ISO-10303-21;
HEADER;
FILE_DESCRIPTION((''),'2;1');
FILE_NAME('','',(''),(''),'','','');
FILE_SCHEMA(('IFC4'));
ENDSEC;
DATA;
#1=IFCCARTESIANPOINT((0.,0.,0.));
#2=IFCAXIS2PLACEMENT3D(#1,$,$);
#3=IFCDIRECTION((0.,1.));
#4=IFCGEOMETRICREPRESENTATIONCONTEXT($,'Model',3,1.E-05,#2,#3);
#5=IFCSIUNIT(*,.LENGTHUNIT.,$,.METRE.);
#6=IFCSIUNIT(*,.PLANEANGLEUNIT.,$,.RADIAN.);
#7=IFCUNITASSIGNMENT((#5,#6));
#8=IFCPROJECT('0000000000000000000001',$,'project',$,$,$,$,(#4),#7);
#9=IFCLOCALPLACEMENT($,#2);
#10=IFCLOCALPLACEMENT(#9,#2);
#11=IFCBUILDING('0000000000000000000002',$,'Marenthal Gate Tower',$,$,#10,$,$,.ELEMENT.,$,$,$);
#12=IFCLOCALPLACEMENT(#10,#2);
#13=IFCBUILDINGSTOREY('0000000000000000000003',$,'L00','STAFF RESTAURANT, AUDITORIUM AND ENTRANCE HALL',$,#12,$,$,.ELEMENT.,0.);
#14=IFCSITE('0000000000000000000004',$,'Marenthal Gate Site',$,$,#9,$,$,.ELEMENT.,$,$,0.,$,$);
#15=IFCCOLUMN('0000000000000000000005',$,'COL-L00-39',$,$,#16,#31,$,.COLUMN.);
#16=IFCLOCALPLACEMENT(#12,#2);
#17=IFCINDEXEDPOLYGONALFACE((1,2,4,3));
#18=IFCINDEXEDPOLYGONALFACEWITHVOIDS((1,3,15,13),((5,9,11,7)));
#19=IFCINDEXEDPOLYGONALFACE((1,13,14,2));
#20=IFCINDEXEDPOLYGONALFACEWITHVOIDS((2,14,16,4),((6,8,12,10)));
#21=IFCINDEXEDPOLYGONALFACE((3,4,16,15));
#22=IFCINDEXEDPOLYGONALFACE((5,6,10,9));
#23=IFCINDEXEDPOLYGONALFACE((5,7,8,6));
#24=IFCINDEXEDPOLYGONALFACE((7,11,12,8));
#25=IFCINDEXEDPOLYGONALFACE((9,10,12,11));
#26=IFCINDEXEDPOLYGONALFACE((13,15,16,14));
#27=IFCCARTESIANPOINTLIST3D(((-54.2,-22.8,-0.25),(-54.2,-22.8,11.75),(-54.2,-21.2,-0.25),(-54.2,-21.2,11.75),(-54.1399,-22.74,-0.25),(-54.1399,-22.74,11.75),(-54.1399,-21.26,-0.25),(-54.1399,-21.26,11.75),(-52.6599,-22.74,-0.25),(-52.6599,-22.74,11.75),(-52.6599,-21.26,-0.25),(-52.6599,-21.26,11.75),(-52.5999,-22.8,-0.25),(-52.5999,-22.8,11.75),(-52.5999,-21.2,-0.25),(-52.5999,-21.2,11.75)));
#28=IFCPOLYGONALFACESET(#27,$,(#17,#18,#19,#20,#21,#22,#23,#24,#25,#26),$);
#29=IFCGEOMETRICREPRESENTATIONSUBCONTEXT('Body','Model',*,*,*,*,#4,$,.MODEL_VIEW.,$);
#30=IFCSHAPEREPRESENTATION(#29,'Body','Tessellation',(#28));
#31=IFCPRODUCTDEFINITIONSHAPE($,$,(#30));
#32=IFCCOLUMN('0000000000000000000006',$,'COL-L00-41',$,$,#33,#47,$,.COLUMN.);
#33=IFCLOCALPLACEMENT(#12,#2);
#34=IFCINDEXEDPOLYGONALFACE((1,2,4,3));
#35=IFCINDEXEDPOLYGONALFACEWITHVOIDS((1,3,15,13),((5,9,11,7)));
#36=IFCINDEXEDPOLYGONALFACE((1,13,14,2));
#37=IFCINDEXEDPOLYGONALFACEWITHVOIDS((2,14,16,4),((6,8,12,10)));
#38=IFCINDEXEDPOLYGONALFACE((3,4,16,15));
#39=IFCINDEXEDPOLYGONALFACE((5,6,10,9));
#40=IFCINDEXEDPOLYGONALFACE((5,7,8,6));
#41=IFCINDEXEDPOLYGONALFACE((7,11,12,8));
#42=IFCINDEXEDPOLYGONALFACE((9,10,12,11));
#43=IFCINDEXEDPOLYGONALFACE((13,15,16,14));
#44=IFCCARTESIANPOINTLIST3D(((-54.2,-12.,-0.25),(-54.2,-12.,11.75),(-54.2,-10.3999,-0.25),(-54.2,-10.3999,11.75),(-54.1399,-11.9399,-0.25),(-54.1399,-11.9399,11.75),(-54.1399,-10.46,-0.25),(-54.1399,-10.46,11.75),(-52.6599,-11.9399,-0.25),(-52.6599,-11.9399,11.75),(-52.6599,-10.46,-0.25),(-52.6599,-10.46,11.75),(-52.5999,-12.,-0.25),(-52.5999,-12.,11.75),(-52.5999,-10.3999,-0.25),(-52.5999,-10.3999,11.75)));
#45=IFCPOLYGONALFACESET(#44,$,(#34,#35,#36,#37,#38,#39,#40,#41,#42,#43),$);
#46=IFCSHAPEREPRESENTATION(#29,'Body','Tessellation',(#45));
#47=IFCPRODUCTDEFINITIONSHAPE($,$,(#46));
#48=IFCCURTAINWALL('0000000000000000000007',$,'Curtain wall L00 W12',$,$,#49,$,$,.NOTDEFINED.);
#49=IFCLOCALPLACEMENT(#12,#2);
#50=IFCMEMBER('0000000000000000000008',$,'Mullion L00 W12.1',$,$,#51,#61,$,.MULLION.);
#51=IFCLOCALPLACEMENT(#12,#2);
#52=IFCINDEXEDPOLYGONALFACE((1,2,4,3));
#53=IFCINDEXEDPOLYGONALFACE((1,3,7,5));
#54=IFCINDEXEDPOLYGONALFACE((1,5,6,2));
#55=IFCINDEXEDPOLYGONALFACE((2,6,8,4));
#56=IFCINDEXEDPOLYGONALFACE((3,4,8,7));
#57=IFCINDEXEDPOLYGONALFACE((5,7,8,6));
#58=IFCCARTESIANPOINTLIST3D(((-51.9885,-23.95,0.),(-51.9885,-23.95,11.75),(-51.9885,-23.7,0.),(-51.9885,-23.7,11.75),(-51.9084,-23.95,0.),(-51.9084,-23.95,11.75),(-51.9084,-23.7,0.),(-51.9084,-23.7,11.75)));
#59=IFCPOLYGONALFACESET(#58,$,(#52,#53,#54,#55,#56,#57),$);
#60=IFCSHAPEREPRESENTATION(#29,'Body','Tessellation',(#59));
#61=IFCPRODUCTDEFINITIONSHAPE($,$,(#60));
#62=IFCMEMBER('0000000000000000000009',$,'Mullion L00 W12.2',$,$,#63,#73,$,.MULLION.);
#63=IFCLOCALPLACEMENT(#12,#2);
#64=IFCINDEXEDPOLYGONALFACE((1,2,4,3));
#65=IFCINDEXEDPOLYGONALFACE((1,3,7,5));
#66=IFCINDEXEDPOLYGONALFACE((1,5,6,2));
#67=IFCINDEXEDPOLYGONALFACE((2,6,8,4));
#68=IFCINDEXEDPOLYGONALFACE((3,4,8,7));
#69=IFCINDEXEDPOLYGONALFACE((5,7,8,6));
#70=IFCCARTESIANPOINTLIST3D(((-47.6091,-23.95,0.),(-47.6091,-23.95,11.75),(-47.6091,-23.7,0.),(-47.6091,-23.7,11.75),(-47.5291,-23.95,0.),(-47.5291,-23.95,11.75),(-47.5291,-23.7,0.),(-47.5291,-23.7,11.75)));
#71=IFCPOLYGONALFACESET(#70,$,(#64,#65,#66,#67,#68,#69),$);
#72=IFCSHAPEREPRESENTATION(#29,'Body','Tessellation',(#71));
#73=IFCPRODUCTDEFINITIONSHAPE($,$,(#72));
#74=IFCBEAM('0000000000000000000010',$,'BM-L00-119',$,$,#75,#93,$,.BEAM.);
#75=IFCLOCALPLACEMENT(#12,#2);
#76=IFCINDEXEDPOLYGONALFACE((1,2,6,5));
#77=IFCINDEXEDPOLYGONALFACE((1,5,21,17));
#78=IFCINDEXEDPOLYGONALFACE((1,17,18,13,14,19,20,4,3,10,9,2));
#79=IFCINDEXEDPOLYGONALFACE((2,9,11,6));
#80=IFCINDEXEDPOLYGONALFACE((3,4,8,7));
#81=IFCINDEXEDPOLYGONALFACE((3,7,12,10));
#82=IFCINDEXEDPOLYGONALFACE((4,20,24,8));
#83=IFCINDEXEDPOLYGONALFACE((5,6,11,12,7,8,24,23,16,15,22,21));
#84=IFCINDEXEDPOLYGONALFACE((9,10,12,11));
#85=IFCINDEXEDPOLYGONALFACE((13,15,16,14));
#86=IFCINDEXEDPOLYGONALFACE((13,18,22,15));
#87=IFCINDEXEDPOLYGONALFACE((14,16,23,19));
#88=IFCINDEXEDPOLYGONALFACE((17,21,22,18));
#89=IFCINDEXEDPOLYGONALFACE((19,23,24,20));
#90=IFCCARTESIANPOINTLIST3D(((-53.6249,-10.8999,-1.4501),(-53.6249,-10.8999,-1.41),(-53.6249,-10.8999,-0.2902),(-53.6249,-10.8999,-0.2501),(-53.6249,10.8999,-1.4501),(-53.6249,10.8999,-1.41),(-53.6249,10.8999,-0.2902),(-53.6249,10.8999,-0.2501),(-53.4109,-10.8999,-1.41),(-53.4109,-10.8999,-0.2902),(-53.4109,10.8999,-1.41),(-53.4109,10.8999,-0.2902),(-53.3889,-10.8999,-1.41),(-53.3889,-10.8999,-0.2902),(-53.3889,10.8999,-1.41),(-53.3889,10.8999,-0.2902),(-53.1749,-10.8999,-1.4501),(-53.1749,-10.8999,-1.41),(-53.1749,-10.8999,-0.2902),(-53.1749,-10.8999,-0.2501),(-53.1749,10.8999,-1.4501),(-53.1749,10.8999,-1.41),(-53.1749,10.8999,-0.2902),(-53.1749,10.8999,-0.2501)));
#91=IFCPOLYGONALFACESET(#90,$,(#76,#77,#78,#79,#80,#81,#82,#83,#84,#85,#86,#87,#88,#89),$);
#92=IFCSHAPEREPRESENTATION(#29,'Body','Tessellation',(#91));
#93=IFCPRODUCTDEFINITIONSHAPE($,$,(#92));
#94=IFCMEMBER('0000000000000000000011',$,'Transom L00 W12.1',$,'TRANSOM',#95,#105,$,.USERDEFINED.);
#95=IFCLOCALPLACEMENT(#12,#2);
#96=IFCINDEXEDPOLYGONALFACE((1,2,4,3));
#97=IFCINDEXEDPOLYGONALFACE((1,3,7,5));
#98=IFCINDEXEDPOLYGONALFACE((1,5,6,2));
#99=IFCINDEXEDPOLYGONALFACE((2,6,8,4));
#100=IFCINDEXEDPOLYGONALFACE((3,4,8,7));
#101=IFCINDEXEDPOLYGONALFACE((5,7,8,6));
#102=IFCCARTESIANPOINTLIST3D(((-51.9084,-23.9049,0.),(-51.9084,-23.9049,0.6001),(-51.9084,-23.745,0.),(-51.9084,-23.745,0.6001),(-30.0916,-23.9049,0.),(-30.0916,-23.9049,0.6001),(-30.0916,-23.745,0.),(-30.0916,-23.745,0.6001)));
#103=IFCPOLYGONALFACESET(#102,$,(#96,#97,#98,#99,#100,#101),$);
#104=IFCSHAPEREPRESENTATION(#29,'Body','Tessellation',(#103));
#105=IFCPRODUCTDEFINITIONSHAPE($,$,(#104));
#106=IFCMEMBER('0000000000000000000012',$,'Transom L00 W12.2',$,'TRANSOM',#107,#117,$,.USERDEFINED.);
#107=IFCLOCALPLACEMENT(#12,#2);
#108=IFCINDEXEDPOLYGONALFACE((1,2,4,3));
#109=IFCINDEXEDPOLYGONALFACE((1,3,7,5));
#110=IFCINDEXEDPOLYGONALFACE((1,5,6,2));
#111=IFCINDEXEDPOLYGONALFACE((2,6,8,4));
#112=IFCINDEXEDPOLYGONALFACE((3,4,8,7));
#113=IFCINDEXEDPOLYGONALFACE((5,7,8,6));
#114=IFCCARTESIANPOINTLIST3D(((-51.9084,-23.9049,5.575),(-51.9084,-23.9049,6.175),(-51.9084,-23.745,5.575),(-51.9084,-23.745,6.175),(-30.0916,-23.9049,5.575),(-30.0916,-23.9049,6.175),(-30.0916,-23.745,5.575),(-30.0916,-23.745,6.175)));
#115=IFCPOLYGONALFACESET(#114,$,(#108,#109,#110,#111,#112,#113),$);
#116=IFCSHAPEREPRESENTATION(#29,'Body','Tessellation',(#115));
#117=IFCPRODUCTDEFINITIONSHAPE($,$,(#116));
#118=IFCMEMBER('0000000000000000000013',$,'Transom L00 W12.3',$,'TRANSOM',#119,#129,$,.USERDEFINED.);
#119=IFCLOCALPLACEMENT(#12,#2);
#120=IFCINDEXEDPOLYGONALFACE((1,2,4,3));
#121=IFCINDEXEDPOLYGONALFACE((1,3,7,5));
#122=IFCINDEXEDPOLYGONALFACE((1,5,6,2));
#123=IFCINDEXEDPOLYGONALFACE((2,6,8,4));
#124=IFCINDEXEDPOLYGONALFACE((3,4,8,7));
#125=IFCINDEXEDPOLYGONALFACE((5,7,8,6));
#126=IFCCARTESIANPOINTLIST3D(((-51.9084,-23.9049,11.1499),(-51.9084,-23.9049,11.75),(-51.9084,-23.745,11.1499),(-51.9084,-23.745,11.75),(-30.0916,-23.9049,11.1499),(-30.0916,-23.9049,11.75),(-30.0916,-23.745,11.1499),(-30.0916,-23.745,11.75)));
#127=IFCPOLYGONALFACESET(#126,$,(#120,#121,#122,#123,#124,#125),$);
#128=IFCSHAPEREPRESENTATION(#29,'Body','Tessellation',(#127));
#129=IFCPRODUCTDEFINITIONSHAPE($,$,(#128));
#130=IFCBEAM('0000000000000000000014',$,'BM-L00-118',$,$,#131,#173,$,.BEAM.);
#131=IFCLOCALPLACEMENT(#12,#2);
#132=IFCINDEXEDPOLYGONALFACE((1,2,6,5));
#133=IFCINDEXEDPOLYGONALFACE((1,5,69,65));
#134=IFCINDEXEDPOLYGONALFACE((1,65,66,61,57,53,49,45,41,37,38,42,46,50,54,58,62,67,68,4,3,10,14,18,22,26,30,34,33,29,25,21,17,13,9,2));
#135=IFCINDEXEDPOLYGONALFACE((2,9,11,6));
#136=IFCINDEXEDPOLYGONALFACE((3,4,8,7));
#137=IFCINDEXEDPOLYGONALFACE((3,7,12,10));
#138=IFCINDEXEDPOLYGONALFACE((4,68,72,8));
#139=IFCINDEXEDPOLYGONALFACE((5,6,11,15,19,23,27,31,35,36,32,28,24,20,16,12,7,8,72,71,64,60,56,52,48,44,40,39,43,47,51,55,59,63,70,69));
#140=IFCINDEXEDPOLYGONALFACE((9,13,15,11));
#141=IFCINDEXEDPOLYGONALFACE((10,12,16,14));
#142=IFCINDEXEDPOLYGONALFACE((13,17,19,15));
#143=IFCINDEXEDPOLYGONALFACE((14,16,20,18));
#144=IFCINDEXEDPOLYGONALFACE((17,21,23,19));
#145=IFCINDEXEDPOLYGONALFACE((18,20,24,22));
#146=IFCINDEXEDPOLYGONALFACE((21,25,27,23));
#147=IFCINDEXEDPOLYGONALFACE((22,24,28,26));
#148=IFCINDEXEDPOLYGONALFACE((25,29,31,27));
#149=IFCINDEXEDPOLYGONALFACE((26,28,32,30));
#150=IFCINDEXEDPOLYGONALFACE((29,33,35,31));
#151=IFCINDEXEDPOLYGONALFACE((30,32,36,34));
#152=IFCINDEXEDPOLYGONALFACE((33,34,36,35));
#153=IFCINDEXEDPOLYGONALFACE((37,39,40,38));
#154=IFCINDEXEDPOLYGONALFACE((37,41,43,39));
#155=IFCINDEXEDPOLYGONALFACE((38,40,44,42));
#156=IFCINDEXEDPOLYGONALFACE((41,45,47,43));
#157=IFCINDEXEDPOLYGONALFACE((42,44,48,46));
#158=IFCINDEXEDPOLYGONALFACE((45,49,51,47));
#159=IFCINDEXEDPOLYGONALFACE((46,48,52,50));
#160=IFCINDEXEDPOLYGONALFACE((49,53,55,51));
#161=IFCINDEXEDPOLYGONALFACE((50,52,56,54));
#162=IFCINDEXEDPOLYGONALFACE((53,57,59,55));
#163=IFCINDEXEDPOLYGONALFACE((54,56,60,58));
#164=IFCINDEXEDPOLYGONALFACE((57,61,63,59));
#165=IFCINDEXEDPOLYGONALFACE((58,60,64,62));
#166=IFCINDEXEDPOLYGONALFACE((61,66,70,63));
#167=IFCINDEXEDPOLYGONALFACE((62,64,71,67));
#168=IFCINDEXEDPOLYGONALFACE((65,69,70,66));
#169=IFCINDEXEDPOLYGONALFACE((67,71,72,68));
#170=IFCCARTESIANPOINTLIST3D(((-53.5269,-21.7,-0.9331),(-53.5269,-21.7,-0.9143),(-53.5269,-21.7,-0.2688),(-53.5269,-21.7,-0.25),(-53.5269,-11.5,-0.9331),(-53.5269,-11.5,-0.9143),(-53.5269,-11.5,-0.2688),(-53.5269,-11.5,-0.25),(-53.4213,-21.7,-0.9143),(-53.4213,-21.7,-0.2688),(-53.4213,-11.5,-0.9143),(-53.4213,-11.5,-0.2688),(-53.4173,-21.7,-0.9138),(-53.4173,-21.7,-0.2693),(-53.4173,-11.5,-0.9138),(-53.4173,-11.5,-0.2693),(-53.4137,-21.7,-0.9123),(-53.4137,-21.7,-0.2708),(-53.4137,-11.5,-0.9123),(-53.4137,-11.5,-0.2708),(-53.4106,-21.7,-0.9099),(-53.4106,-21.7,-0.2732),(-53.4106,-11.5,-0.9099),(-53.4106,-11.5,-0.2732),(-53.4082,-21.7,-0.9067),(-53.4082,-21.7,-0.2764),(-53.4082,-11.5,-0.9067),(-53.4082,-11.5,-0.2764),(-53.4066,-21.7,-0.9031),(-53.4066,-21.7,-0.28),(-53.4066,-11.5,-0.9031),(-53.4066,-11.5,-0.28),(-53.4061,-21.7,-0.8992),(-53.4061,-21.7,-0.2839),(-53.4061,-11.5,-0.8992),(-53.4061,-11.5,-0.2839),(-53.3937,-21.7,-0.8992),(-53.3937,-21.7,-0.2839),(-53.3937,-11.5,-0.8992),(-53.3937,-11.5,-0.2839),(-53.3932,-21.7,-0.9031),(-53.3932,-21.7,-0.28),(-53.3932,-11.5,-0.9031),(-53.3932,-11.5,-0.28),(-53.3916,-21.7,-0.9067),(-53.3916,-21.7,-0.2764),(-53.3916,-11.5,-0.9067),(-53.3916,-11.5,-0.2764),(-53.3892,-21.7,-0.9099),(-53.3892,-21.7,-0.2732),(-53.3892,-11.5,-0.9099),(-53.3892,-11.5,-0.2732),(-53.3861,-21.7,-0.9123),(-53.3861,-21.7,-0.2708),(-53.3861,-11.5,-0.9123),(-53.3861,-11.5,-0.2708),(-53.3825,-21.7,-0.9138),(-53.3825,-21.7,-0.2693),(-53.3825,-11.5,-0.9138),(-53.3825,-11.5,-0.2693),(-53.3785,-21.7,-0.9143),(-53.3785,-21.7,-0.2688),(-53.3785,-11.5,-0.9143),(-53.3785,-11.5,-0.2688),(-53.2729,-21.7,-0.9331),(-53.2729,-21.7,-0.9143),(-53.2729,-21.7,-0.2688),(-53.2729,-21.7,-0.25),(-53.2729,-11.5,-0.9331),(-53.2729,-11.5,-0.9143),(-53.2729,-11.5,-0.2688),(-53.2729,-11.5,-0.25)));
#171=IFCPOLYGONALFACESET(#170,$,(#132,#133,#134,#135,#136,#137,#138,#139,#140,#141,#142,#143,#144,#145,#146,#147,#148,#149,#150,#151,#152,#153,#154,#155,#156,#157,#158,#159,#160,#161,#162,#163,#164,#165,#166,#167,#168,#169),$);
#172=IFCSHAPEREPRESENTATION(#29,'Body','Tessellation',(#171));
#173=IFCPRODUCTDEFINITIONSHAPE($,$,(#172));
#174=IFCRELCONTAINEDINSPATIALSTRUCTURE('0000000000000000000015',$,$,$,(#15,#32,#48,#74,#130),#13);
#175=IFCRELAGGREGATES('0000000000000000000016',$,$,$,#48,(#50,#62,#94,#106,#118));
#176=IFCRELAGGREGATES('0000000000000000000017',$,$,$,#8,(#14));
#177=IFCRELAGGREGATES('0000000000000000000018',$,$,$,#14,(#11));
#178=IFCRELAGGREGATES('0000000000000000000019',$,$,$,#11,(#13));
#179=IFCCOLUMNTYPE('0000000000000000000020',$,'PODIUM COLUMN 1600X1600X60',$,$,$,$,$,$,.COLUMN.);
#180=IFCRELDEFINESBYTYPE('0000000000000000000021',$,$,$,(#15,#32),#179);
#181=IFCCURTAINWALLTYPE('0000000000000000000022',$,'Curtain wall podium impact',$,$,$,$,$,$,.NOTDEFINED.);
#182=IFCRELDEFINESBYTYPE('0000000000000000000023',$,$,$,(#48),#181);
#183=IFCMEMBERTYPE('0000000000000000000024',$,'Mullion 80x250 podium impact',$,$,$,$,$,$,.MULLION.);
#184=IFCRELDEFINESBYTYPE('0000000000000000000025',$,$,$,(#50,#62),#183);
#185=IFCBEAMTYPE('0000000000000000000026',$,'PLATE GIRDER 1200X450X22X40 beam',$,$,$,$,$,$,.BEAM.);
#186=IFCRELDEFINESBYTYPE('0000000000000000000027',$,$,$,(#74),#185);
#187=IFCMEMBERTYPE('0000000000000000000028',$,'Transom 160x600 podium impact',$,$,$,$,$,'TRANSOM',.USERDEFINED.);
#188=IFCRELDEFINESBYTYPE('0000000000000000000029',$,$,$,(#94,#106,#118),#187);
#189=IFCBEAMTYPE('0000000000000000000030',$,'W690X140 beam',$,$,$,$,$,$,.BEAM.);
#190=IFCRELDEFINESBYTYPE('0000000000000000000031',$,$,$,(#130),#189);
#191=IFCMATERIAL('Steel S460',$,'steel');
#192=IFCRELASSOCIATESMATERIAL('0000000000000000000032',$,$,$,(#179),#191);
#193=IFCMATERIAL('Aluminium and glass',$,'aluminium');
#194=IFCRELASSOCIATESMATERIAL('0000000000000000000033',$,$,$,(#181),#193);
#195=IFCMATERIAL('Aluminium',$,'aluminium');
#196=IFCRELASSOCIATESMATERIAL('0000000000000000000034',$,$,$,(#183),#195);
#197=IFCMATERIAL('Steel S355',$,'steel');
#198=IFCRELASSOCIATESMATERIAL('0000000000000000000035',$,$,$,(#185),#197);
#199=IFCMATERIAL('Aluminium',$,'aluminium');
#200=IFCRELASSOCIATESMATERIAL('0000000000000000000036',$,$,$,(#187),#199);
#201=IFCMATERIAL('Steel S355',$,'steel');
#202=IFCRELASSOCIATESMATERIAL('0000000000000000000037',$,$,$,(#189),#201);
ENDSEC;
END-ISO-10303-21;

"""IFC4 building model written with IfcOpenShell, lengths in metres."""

from ifc_helpers import new_model, si_unit, direction, frame, origin, origin_2d, place, context, subcontext, project, spatial, rectangle, hollow_rectangle, i_section, extrude, material, material_profile, profile_set, type_object, element, aggregate, save


model = new_model("IFC4")

# Units and contexts
model_context = context("Model", 3, precision=1e-05, world=origin(), true_north=direction((0.0, 1.0)))
body_context = subcontext(model_context, "Body", "Model", "MODEL_VIEW")
ifc_project = project(units=[si_unit("LENGTHUNIT", "METRE"), si_unit("PLANEANGLEUNIT", "RADIAN")], contexts=[model_context])

# Site, building, storey
site_placement = place(None, origin())
site = spatial("IfcSite", under=ifc_project, at=site_placement, Name="Marenthal Gate Site", CompositionType="ELEMENT", RefElevation=0.0)
building_placement = place(site_placement, origin())
building = spatial("IfcBuilding", under=site, at=building_placement, Name="Marenthal Gate Tower", CompositionType="ELEMENT")
storey_placement = place(building_placement, origin())
storey = spatial("IfcBuildingStorey", under=building, at=storey_placement, Name="L00", Description="STAFF RESTAURANT, AUDITORIUM AND ENTRANCE HALL", CompositionType="ELEMENT", Elevation=0.0)

# Columns
ifc_material_1 = material(Name="Steel S460", Category="steel")
ifc_material_profile_1 = material_profile(ifc_material_1, hollow_rectangle(XDim=1.6001, YDim=1.6001, WallThickness=0.0601, at=origin_2d()), Name="CFT BOX 1600X1600X60")
ifc_material_2 = material(Name="Concrete 70 MPa", Category="concrete")
ifc_material_profile_2 = material_profile(ifc_material_2, rectangle(XDim=1.48, YDim=1.48, at=origin_2d()), Name="CFT BOX 1600X1600X60 INFILL")
ifc_profile_set_1 = profile_set([ifc_material_profile_1, ifc_material_profile_2], Name="Steel S460 shell, Concrete 70 MPa infill")
column_type = type_object("IfcColumnType", Name="PODIUM COLUMN 1600X1600X60", PredefinedType="COLUMN", material=ifc_profile_set_1)
for number, where, z_axis, x_axis, name in (
    (1, (-53.3999, -22.0, -0.25), (0.0, 0.0, 1.0), (1.0, 0.0, 0.0), "COL-L00-39"),
    (2, (-53.3999, -11.2, -0.25), (0.0, 0.0, 1.0), (1.0, 0.0, 0.0), "COL-L00-41"),
):
    element("IfcColumn", number, at=place(storey_placement, frame(where, z_axis=z_axis, x_axis=x_axis)), inside=storey, type_object=column_type, Name=name, PredefinedType="COLUMN", context=body_context, shape_type="SweptSolid", body=[
        extrude(hollow_rectangle(XDim=1.6001, YDim=1.6001, WallThickness=0.0601, at=origin_2d()), origin(), (0.0, 0.0, 1.0), 12.0),
    ])

# Curtain wall, members
ifc_material_3 = material(Name="Aluminium and glass", Category="aluminium")
curtain_wall_type = type_object("IfcCurtainWallType", Name="Curtain wall podium impact", PredefinedType="NOTDEFINED", material=ifc_material_3)
curtain_wall_placement = place(storey_placement, origin())
curtain_wall = element("IfcCurtainWall", 3, at=curtain_wall_placement, inside=storey, type_object=curtain_wall_type, Name="Curtain wall L00 W12", PredefinedType="NOTDEFINED")
ifc_material_4 = material(Name="Aluminium", Category="aluminium")
ifc_material_profile_3 = material_profile(ifc_material_4, rectangle(XDim=0.25, YDim=0.0801, at=origin_2d()), Name="80x250 aluminium mullion")
ifc_profile_set_2 = profile_set([ifc_material_profile_3], Name="Aluminium")
member_type_1 = type_object("IfcMemberType", Name="Mullion 80x250 podium impact", PredefinedType="MULLION", material=ifc_profile_set_2)
member_1_placement = place(storey_placement, frame((-51.9485, -23.825, 0.0), z_axis=(0.0, 0.0, 1.0), x_axis=(0.0, 1.0, 0.0)))
member_1 = element("IfcMember", 4, at=member_1_placement, type_object=member_type_1, Name="Mullion L00 W12.1", PredefinedType="MULLION", context=body_context, shape_type="SweptSolid", body=[
    extrude(rectangle(XDim=0.25, YDim=0.0801, at=origin_2d()), origin(), (0.0, 0.0, 1.0), 11.75),
])
member_2_placement = place(storey_placement, frame((-47.5691, -23.825, 0.0), z_axis=(0.0, 0.0, 1.0), x_axis=(0.0, 1.0, 0.0)))
member_2 = element("IfcMember", 5, at=member_2_placement, type_object=member_type_1, Name="Mullion L00 W12.2", PredefinedType="MULLION", context=body_context, shape_type="SweptSolid", body=[
    extrude(rectangle(XDim=0.25, YDim=0.0801, at=origin_2d()), origin(), (0.0, 0.0, 1.0), 11.75),
])

# Beam
ifc_material_5 = material(Name="Steel S355", Category="steel")
ifc_material_profile_4 = material_profile(ifc_material_5, i_section(OverallWidth=0.45, OverallDepth=1.2, WebThickness=0.022, FlangeThickness=0.04, at=origin_2d()), Name="PLATE GIRDER 1200X450X22X40")
ifc_profile_set_3 = profile_set([ifc_material_profile_4], Name="Steel S355")
beam_type_1 = type_object("IfcBeamType", Name="PLATE GIRDER 1200X450X22X40 beam", PredefinedType="BEAM", material=ifc_profile_set_3)
beam_1_placement = place(storey_placement, frame((-53.3999, -10.8999, -0.8501), z_axis=(0.0, 1.0, 0.0), x_axis=(-1.0, 0.0, 0.0)))
element("IfcBeam", 6, at=beam_1_placement, inside=storey, type_object=beam_type_1, Name="BM-L00-119", PredefinedType="BEAM", context=body_context, shape_type="SweptSolid", body=[
    extrude(i_section(OverallWidth=0.45, OverallDepth=1.2, WebThickness=0.022, FlangeThickness=0.04, at=origin_2d()), origin(), (0.0, 0.0, 1.0), 21.7998),
])

# Members
ifc_material_6 = material(Name="Aluminium", Category="aluminium")
ifc_material_profile_5 = material_profile(ifc_material_6, rectangle(XDim=0.1599, YDim=0.6001, at=origin_2d()), Name="160x600 aluminium transom")
ifc_profile_set_4 = profile_set([ifc_material_profile_5], Name="Aluminium")
member_type_2 = type_object("IfcMemberType", Name="Transom 160x600 podium impact", ElementType="TRANSOM", PredefinedType="USERDEFINED", material=ifc_profile_set_4)
member_3_placement = place(storey_placement, frame((-51.9084, -23.825, 0.3), z_axis=(1.0, 0.0, 0.0), x_axis=(0.0, 1.0, 0.0)))
member_3 = element("IfcMember", 7, at=member_3_placement, type_object=member_type_2, Name="Transom L00 W12.1", ObjectType="TRANSOM", PredefinedType="USERDEFINED", context=body_context, shape_type="SweptSolid", body=[
    extrude(rectangle(XDim=0.1599, YDim=0.6001, at=origin_2d()), origin(), (0.0, 0.0, 1.0), 21.8169),
])
member_4_placement = place(storey_placement, frame((-51.9084, -23.825, 5.875), z_axis=(1.0, 0.0, 0.0), x_axis=(0.0, 1.0, 0.0)))
member_4 = element("IfcMember", 8, at=member_4_placement, type_object=member_type_2, Name="Transom L00 W12.2", ObjectType="TRANSOM", PredefinedType="USERDEFINED", context=body_context, shape_type="SweptSolid", body=[
    extrude(rectangle(XDim=0.1599, YDim=0.6001, at=origin_2d()), origin(), (0.0, 0.0, 1.0), 21.8169),
])
member_5_placement = place(storey_placement, frame((-51.9084, -23.825, 11.45), z_axis=(1.0, 0.0, 0.0), x_axis=(0.0, 1.0, 0.0)))
member_5 = element("IfcMember", 9, at=member_5_placement, type_object=member_type_2, Name="Transom L00 W12.3", ObjectType="TRANSOM", PredefinedType="USERDEFINED", context=body_context, shape_type="SweptSolid", body=[
    extrude(rectangle(XDim=0.1599, YDim=0.6001, at=origin_2d()), origin(), (0.0, 0.0, 1.0), 21.8169),
])

# Beam
ifc_material_7 = material(Name="Steel S355", Category="steel")
ifc_material_profile_6 = material_profile(ifc_material_7, i_section(OverallWidth=0.2539, OverallDepth=0.6831, WebThickness=0.0125, FlangeThickness=0.0188, FilletRadius=0.0151, at=origin_2d()), Name="W690X140")
ifc_profile_set_5 = profile_set([ifc_material_profile_6], Name="Steel S355")
beam_type_2 = type_object("IfcBeamType", Name="W690X140 beam", PredefinedType="BEAM", material=ifc_profile_set_5)
beam_2_placement = place(storey_placement, frame((-53.3999, -21.7, -0.5916), z_axis=(0.0, 1.0, 0.0), x_axis=(-1.0, 0.0, 0.0)))
element("IfcBeam", 10, at=beam_2_placement, inside=storey, type_object=beam_type_2, Name="BM-L00-118", PredefinedType="BEAM", context=body_context, shape_type="SweptSolid", body=[
    extrude(i_section(OverallWidth=0.2539, OverallDepth=0.6831, WebThickness=0.0125, FlangeThickness=0.0188, FilletRadius=0.0151, at=origin_2d()), origin(), (0.0, 0.0, 1.0), 10.2),
])

aggregate(curtain_wall, [member_1, member_2, member_3, member_4, member_5])

save(model, "model.ifc")
